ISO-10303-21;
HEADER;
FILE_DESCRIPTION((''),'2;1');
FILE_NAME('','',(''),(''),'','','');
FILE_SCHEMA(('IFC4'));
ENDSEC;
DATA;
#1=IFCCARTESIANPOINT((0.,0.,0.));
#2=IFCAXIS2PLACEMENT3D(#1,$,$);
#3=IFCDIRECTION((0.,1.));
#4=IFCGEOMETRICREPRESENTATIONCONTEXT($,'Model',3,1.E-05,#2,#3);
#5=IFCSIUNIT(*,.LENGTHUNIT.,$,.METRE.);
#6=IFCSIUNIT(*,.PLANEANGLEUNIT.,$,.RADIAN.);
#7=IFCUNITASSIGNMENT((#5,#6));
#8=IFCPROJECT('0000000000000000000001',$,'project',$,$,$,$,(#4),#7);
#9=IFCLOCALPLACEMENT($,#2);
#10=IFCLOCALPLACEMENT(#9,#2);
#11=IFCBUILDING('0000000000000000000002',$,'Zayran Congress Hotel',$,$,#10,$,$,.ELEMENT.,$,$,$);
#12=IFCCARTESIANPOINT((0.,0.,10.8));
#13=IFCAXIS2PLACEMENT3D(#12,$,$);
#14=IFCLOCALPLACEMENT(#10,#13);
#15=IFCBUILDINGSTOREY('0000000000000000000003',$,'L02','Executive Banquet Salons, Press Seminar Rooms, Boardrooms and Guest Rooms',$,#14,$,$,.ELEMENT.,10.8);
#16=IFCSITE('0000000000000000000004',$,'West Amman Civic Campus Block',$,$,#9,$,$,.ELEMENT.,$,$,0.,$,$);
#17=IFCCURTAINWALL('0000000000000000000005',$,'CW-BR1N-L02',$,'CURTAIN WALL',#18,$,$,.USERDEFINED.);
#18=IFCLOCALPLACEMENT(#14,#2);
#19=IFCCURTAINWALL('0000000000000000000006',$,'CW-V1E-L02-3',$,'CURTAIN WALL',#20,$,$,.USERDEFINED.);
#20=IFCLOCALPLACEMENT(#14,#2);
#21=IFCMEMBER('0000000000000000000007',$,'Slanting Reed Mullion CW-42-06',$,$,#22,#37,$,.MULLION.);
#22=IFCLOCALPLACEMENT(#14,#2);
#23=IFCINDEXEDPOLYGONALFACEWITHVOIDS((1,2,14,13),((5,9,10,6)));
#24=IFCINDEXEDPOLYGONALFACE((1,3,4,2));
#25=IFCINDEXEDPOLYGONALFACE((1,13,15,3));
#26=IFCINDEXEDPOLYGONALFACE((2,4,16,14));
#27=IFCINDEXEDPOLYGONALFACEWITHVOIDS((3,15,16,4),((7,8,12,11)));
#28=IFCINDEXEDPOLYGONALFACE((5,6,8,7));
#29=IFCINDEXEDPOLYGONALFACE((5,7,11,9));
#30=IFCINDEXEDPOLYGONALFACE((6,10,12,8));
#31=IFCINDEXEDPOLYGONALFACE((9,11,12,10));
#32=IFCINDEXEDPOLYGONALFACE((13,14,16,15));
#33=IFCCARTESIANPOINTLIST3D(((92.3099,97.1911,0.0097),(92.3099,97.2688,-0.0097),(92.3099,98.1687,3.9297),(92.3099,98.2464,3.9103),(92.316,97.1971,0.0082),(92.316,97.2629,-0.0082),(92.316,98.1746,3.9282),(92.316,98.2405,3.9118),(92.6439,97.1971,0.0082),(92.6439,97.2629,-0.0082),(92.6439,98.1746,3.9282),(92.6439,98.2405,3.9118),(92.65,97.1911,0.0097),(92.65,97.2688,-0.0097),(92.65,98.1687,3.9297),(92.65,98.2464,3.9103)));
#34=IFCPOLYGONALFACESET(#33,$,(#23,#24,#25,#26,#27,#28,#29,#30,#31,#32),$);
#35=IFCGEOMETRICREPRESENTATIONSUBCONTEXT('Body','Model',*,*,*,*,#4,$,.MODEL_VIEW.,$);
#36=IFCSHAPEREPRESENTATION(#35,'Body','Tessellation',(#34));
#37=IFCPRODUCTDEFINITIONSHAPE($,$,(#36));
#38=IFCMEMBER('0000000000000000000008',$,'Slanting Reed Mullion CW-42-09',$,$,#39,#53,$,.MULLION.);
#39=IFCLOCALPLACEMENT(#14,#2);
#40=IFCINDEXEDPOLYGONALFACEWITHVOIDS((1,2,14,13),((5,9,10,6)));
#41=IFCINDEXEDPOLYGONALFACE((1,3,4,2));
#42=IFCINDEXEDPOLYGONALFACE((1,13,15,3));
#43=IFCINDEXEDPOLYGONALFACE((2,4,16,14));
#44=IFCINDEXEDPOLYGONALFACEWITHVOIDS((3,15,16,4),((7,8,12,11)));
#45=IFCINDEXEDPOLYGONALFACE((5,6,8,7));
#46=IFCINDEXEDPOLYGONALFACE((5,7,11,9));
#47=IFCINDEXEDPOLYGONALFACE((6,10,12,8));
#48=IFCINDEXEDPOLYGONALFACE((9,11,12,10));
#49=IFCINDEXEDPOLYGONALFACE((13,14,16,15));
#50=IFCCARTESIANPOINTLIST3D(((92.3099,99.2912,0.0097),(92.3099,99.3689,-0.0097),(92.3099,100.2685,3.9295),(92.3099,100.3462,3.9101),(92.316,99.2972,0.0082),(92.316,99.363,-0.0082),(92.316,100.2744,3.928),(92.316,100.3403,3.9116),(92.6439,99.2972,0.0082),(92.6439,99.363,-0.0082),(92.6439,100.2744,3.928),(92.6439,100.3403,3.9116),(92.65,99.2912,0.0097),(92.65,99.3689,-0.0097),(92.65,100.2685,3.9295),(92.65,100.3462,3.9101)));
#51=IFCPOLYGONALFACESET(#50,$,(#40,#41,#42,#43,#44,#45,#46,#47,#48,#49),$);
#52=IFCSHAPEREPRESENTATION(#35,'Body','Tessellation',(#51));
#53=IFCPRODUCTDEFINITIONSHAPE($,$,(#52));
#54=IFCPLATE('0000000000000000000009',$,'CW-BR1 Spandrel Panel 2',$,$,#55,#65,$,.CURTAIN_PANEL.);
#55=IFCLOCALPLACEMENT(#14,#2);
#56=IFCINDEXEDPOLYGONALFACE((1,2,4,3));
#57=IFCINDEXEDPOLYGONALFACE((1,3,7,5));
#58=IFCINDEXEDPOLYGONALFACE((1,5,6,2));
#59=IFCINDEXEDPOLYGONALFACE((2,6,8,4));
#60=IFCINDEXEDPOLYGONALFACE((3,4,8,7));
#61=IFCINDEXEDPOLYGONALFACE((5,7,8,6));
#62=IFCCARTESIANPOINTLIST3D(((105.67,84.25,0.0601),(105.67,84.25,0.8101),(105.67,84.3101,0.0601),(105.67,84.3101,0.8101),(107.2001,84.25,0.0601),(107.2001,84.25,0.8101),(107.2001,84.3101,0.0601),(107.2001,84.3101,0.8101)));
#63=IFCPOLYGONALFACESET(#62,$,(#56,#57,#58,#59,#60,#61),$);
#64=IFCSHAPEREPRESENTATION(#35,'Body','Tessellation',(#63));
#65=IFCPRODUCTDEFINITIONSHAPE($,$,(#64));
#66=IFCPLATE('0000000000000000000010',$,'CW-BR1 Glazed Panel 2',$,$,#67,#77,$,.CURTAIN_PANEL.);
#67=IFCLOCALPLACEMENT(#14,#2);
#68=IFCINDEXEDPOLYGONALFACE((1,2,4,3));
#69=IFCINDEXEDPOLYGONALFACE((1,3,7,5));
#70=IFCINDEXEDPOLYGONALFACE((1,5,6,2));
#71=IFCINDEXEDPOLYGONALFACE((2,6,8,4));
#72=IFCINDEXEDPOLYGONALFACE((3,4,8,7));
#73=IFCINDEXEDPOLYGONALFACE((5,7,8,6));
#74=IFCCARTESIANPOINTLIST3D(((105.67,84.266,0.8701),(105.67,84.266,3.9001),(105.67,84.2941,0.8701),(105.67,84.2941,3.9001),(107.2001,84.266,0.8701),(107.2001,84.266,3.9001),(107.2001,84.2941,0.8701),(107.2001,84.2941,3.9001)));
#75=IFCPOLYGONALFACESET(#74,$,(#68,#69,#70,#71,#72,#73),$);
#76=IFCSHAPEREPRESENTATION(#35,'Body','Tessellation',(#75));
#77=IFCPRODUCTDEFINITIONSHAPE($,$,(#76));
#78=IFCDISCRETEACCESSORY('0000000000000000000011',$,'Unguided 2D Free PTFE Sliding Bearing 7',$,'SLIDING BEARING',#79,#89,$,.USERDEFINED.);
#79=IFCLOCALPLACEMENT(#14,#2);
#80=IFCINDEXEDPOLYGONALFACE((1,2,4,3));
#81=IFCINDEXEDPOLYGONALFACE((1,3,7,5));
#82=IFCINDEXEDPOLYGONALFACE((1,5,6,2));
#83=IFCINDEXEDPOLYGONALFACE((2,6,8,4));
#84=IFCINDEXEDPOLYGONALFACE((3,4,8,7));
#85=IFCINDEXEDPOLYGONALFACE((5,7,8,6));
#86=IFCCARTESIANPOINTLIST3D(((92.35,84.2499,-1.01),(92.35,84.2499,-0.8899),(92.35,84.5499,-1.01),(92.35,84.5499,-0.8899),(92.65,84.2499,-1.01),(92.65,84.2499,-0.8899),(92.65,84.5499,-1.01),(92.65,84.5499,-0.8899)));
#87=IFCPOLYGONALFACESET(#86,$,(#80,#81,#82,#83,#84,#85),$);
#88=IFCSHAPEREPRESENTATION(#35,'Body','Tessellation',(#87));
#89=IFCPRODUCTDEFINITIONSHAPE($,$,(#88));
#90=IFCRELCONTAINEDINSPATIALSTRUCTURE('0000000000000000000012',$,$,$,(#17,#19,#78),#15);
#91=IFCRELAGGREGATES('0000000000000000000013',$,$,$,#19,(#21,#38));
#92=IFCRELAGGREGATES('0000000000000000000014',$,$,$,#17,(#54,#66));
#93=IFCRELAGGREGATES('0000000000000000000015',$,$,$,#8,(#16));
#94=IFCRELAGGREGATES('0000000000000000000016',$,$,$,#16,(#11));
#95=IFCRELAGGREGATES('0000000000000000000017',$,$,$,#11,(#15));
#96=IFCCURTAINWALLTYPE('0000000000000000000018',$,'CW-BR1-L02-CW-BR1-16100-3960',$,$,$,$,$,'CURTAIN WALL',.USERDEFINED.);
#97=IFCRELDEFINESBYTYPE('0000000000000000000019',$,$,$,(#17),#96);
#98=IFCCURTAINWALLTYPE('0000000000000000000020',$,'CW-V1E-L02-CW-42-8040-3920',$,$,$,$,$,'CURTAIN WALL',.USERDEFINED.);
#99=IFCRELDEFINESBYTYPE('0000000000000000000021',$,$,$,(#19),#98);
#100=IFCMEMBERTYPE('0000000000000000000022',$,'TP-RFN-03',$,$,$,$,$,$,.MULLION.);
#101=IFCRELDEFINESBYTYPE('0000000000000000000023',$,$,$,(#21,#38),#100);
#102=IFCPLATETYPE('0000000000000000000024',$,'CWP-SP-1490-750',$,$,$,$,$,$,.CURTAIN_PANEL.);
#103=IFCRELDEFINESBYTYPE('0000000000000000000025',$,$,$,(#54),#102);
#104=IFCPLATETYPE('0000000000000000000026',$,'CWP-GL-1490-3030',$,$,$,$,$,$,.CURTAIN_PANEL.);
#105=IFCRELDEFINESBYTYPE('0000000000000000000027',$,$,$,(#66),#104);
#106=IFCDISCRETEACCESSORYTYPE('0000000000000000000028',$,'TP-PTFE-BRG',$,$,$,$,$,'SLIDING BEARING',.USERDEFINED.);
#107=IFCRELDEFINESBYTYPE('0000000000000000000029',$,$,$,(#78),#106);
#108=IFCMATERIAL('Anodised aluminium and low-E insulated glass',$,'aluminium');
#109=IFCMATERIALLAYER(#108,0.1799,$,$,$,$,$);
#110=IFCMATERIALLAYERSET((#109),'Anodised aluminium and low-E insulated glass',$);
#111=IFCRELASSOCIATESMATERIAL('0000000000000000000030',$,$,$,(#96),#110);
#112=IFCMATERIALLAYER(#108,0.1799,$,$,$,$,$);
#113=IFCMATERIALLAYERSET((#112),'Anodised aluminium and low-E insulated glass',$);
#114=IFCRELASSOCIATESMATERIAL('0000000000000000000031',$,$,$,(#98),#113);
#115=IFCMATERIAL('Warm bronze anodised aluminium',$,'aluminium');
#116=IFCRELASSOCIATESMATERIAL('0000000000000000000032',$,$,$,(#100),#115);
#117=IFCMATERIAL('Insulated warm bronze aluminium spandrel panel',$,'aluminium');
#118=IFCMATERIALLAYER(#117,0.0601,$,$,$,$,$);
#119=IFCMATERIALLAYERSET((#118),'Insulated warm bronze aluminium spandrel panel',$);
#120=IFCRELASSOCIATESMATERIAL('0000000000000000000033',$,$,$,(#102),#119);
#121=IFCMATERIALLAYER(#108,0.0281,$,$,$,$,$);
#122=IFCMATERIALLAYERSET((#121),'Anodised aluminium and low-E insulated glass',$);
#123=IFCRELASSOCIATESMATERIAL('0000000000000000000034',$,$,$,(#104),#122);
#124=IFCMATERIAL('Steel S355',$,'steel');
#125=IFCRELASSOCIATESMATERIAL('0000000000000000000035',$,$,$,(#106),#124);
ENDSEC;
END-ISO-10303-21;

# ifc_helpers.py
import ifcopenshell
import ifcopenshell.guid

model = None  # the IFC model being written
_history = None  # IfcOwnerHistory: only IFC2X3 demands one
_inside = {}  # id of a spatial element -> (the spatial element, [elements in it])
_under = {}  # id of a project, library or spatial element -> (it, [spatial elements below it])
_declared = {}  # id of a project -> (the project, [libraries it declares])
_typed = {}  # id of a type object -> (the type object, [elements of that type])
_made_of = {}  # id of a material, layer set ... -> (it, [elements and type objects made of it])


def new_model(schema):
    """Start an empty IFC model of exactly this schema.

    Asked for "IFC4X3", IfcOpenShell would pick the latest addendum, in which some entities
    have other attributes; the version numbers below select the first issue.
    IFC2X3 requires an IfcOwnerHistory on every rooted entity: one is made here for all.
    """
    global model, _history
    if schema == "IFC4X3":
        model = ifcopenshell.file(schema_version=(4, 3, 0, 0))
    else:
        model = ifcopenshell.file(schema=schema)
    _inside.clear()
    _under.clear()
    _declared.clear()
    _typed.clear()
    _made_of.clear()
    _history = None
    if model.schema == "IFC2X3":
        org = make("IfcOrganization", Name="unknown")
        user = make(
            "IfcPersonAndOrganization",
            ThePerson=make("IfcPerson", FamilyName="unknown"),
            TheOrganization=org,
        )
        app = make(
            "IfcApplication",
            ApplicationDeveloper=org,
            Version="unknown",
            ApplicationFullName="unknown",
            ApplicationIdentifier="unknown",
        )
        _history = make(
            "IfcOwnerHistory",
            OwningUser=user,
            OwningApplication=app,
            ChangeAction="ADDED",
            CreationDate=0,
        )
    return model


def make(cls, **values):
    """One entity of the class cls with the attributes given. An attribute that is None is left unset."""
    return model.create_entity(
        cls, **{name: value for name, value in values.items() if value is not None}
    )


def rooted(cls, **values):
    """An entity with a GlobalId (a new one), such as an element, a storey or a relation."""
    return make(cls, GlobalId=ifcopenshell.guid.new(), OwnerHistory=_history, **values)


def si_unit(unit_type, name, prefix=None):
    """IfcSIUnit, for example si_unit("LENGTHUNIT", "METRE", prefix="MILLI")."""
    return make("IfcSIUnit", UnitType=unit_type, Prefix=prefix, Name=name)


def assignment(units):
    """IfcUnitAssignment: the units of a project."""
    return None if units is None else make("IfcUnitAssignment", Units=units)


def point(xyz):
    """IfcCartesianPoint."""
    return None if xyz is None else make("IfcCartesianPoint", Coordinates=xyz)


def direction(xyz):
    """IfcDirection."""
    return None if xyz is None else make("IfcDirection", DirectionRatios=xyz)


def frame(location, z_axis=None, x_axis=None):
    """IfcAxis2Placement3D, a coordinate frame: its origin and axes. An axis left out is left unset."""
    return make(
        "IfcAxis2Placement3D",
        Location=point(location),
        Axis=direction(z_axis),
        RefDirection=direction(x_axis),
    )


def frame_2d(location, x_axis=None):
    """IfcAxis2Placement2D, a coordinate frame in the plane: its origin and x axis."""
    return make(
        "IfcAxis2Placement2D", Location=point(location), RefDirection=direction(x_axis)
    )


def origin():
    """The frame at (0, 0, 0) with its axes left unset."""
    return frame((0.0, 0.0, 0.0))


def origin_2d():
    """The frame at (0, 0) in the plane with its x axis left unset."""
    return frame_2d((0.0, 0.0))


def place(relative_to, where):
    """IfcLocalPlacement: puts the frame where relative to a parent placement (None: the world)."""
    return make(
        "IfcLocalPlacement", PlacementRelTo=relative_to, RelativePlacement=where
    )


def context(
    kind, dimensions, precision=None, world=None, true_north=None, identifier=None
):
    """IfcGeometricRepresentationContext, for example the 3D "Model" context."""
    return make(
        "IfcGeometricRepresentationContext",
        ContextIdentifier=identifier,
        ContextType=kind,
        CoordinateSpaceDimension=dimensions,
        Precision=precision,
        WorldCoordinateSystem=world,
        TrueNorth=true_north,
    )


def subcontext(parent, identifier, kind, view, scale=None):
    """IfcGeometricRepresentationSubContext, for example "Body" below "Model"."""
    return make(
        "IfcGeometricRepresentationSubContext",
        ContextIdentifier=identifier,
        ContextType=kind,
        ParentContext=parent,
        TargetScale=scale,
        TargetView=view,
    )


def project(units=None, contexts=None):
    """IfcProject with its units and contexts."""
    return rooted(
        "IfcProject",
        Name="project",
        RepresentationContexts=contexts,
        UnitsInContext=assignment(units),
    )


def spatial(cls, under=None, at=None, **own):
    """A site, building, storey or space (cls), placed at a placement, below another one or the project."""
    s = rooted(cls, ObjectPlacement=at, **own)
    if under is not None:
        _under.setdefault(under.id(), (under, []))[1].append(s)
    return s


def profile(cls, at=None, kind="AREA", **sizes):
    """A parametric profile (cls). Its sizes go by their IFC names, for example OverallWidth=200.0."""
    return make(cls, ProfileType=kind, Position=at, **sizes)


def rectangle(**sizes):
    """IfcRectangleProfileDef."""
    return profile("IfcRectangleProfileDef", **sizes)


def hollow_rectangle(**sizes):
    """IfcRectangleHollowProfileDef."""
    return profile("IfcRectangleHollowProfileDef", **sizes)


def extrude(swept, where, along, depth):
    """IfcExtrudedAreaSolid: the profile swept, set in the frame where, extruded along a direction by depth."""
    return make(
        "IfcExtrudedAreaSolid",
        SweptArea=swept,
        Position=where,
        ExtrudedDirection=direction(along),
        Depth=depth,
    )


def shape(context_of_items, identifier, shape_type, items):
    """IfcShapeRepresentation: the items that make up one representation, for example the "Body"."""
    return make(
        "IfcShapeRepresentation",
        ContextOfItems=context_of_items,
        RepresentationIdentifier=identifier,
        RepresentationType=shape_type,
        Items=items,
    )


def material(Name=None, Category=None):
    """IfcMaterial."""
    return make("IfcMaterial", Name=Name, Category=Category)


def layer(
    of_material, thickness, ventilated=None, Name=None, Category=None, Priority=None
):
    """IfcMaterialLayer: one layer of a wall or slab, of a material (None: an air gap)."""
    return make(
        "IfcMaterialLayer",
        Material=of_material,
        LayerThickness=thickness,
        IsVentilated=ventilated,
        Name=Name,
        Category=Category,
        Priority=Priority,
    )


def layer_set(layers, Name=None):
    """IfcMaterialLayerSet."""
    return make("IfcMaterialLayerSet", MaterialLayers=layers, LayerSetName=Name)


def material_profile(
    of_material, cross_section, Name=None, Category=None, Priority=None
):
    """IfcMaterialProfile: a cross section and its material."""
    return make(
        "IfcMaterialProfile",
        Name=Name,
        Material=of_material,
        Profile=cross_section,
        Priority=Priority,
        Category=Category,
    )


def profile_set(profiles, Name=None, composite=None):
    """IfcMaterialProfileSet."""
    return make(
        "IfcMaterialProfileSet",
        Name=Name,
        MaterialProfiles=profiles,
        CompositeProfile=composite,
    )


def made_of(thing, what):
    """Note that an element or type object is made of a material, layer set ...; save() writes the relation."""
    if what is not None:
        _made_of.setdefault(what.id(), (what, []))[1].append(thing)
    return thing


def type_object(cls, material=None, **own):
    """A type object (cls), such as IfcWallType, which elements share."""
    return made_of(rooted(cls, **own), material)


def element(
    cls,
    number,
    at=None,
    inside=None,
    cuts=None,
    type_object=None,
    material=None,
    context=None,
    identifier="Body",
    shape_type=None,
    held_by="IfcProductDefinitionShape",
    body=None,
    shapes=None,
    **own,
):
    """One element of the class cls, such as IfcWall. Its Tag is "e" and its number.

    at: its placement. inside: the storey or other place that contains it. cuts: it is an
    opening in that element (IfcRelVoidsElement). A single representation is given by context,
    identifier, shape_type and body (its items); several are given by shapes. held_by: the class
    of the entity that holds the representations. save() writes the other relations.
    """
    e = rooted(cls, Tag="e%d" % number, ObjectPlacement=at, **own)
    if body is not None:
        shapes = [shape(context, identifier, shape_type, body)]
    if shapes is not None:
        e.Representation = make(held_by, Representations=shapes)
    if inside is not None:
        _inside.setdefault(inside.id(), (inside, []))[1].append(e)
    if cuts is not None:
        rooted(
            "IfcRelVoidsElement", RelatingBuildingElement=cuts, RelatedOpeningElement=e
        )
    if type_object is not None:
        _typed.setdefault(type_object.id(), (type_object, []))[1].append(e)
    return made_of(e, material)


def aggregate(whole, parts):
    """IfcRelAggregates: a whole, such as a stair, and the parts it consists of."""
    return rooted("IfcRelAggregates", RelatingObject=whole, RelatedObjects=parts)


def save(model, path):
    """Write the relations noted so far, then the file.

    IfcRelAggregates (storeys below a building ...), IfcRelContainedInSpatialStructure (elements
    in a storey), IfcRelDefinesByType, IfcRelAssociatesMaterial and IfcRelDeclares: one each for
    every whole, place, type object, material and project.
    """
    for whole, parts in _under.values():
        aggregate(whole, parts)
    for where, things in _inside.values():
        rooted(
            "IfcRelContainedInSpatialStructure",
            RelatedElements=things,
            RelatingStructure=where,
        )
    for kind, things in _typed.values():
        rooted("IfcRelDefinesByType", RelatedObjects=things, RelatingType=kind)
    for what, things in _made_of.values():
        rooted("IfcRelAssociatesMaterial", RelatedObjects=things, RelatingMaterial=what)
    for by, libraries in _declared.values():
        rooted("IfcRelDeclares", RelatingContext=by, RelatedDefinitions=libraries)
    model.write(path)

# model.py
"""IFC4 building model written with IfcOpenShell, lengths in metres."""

from ifc_helpers import new_model, si_unit, direction, frame, origin, origin_2d, place, context, subcontext, project, spatial, rectangle, hollow_rectangle, extrude, material, layer, layer_set, material_profile, profile_set, type_object, element, aggregate, save


model = new_model("IFC4")

# Units and contexts
model_context = context("Model", 3, precision=1e-05, world=origin(), true_north=direction((0.0, 1.0)))
body_context = subcontext(model_context, "Body", "Model", "MODEL_VIEW")
ifc_project = project(units=[si_unit("LENGTHUNIT", "METRE"), si_unit("PLANEANGLEUNIT", "RADIAN")], contexts=[model_context])

# Site, building, storey
site_placement = place(None, origin())
site = spatial("IfcSite", under=ifc_project, at=site_placement, Name="West Amman Civic Campus Block", CompositionType="ELEMENT", RefElevation=0.0)
building_placement = place(site_placement, origin())
building = spatial("IfcBuilding", under=site, at=building_placement, Name="Zayran Congress Hotel", CompositionType="ELEMENT")
storey_placement = place(building_placement, frame((0.0, 0.0, 10.8)))
storey = spatial("IfcBuildingStorey", under=building, at=storey_placement, Name="L02", Description="Executive Banquet Salons, Press Seminar Rooms, Boardrooms and Guest Rooms", CompositionType="ELEMENT", Elevation=10.8)

# Curtain walls
ifc_material_1 = material(Name="Anodised aluminium and low-E insulated glass", Category="aluminium")
ifc_layer_1 = layer(ifc_material_1, 0.1799)
ifc_layer_set_1 = layer_set([ifc_layer_1], Name="Anodised aluminium and low-E insulated glass")
curtain_wall_type_1 = type_object("IfcCurtainWallType", Name="CW-BR1-L02-CW-BR1-16100-3960", ElementType="CURTAIN WALL", PredefinedType="USERDEFINED", material=ifc_layer_set_1)
curtain_wall_1_placement = place(storey_placement, origin())
curtain_wall_1 = element("IfcCurtainWall", 1, at=curtain_wall_1_placement, inside=storey, type_object=curtain_wall_type_1, Name="CW-BR1N-L02", ObjectType="CURTAIN WALL", PredefinedType="USERDEFINED")
ifc_material_2 = material(Name="Warm bronze anodised aluminium", Category="aluminium")
ifc_layer_2 = layer(ifc_material_1, 0.1799)
ifc_layer_set_2 = layer_set([ifc_layer_2], Name="Anodised aluminium and low-E insulated glass")
curtain_wall_type_2 = type_object("IfcCurtainWallType", Name="CW-V1E-L02-CW-42-8040-3920", ElementType="CURTAIN WALL", PredefinedType="USERDEFINED", material=ifc_layer_set_2)
curtain_wall_2_placement = place(storey_placement, origin())
curtain_wall_2 = element("IfcCurtainWall", 2, at=curtain_wall_2_placement, inside=storey, type_object=curtain_wall_type_2, Name="CW-V1E-L02-3", ObjectType="CURTAIN WALL", PredefinedType="USERDEFINED")

# Members
ifc_material_profile_1 = material_profile(ifc_material_2, hollow_rectangle(XDim=0.0801, YDim=0.3401, WallThickness=0.0061, at=origin_2d()), Name="RHS 340x80x6")
ifc_profile_set_1 = profile_set([ifc_material_profile_1], Name="Warm bronze anodised aluminium")
member_type_1 = type_object("IfcMemberType", Name="TP-RFN-03", PredefinedType="MULLION", material=ifc_profile_set_1)
member_1_placement = place(storey_placement, frame((92.48, 97.23, 0.0), z_axis=(0.0, 0.241967, 0.970285), x_axis=(0.0, -0.970285, 0.241967)))
member_1 = element("IfcMember", 3, at=member_1_placement, type_object=member_type_1, Name="Slanting Reed Mullion CW-42-06", PredefinedType="MULLION", context=body_context, shape_type="SweptSolid", body=[
    extrude(hollow_rectangle(XDim=0.0801, YDim=0.3401, WallThickness=0.0061, at=origin_2d()), origin(), (0.0, 0.0, 1.0), 4.04),
])
member_2_placement = place(storey_placement, frame((92.48, 99.3301, 0.0), z_axis=(0.0, 0.24191, 0.970299), x_axis=(0.0, -0.970299, 0.24191)))
member_2 = element("IfcMember", 4, at=member_2_placement, type_object=member_type_1, Name="Slanting Reed Mullion CW-42-09", PredefinedType="MULLION", context=body_context, shape_type="SweptSolid", body=[
    extrude(hollow_rectangle(XDim=0.0801, YDim=0.3401, WallThickness=0.0061, at=origin_2d()), origin(), (0.0, 0.0, 1.0), 4.0398),
])
aggregate(curtain_wall_2, [member_1, member_2])

# Plates
ifc_material_3 = material(Name="Insulated warm bronze aluminium spandrel panel", Category="aluminium")
ifc_layer_3 = layer(ifc_material_3, 0.0601)
ifc_layer_set_3 = layer_set([ifc_layer_3], Name="Insulated warm bronze aluminium spandrel panel")
plate_type_1 = type_object("IfcPlateType", Name="CWP-SP-1490-750", PredefinedType="CURTAIN_PANEL", material=ifc_layer_set_3)
plate_1_placement = place(storey_placement, frame((106.4351, 84.28, 0.0601), z_axis=(0.0, 0.0, 1.0), x_axis=(1.0, 0.0, 0.0)))
plate_1 = element("IfcPlate", 5, at=plate_1_placement, type_object=plate_type_1, Name="CW-BR1 Spandrel Panel 2", PredefinedType="CURTAIN_PANEL", context=body_context, shape_type="SweptSolid", body=[
    extrude(rectangle(XDim=1.53, YDim=0.0601, at=origin_2d()), origin(), (0.0, 0.0, 1.0), 0.75),
])
ifc_layer_4 = layer(ifc_material_1, 0.0281)
ifc_layer_set_4 = layer_set([ifc_layer_4], Name="Anodised aluminium and low-E insulated glass")
plate_type_2 = type_object("IfcPlateType", Name="CWP-GL-1490-3030", PredefinedType="CURTAIN_PANEL", material=ifc_layer_set_4)
plate_2_placement = place(storey_placement, frame((106.4351, 84.28, 0.8701), z_axis=(0.0, 0.0, 1.0), x_axis=(1.0, 0.0, 0.0)))
plate_2 = element("IfcPlate", 6, at=plate_2_placement, type_object=plate_type_2, Name="CW-BR1 Glazed Panel 2", PredefinedType="CURTAIN_PANEL", context=body_context, shape_type="SweptSolid", body=[
    extrude(rectangle(XDim=1.53, YDim=0.0281, at=origin_2d()), origin(), (0.0, 0.0, 1.0), 3.03),
])
aggregate(curtain_wall_1, [plate_1, plate_2])

# Discrete accessory
ifc_material_4 = material(Name="Steel S355", Category="steel")
discrete_accessory_type = type_object("IfcDiscreteAccessoryType", Name="TP-PTFE-BRG", ElementType="SLIDING BEARING", PredefinedType="USERDEFINED", material=ifc_material_4)
discrete_accessory_placement = place(storey_placement, frame((92.5, 84.3999, -1.01), z_axis=(0.0, 0.0, 1.0), x_axis=(1.0, 0.0, 0.0)))
element("IfcDiscreteAccessory", 7, at=discrete_accessory_placement, inside=storey, type_object=discrete_accessory_type, Name="Unguided 2D Free PTFE Sliding Bearing 7", ObjectType="SLIDING BEARING", PredefinedType="USERDEFINED", context=body_context, shape_type="SweptSolid", body=[
    extrude(rectangle(XDim=0.3, YDim=0.3, at=origin_2d()), origin(), (0.0, 0.0, 1.0), 0.1201),
])

save(model, "model.ifc")
